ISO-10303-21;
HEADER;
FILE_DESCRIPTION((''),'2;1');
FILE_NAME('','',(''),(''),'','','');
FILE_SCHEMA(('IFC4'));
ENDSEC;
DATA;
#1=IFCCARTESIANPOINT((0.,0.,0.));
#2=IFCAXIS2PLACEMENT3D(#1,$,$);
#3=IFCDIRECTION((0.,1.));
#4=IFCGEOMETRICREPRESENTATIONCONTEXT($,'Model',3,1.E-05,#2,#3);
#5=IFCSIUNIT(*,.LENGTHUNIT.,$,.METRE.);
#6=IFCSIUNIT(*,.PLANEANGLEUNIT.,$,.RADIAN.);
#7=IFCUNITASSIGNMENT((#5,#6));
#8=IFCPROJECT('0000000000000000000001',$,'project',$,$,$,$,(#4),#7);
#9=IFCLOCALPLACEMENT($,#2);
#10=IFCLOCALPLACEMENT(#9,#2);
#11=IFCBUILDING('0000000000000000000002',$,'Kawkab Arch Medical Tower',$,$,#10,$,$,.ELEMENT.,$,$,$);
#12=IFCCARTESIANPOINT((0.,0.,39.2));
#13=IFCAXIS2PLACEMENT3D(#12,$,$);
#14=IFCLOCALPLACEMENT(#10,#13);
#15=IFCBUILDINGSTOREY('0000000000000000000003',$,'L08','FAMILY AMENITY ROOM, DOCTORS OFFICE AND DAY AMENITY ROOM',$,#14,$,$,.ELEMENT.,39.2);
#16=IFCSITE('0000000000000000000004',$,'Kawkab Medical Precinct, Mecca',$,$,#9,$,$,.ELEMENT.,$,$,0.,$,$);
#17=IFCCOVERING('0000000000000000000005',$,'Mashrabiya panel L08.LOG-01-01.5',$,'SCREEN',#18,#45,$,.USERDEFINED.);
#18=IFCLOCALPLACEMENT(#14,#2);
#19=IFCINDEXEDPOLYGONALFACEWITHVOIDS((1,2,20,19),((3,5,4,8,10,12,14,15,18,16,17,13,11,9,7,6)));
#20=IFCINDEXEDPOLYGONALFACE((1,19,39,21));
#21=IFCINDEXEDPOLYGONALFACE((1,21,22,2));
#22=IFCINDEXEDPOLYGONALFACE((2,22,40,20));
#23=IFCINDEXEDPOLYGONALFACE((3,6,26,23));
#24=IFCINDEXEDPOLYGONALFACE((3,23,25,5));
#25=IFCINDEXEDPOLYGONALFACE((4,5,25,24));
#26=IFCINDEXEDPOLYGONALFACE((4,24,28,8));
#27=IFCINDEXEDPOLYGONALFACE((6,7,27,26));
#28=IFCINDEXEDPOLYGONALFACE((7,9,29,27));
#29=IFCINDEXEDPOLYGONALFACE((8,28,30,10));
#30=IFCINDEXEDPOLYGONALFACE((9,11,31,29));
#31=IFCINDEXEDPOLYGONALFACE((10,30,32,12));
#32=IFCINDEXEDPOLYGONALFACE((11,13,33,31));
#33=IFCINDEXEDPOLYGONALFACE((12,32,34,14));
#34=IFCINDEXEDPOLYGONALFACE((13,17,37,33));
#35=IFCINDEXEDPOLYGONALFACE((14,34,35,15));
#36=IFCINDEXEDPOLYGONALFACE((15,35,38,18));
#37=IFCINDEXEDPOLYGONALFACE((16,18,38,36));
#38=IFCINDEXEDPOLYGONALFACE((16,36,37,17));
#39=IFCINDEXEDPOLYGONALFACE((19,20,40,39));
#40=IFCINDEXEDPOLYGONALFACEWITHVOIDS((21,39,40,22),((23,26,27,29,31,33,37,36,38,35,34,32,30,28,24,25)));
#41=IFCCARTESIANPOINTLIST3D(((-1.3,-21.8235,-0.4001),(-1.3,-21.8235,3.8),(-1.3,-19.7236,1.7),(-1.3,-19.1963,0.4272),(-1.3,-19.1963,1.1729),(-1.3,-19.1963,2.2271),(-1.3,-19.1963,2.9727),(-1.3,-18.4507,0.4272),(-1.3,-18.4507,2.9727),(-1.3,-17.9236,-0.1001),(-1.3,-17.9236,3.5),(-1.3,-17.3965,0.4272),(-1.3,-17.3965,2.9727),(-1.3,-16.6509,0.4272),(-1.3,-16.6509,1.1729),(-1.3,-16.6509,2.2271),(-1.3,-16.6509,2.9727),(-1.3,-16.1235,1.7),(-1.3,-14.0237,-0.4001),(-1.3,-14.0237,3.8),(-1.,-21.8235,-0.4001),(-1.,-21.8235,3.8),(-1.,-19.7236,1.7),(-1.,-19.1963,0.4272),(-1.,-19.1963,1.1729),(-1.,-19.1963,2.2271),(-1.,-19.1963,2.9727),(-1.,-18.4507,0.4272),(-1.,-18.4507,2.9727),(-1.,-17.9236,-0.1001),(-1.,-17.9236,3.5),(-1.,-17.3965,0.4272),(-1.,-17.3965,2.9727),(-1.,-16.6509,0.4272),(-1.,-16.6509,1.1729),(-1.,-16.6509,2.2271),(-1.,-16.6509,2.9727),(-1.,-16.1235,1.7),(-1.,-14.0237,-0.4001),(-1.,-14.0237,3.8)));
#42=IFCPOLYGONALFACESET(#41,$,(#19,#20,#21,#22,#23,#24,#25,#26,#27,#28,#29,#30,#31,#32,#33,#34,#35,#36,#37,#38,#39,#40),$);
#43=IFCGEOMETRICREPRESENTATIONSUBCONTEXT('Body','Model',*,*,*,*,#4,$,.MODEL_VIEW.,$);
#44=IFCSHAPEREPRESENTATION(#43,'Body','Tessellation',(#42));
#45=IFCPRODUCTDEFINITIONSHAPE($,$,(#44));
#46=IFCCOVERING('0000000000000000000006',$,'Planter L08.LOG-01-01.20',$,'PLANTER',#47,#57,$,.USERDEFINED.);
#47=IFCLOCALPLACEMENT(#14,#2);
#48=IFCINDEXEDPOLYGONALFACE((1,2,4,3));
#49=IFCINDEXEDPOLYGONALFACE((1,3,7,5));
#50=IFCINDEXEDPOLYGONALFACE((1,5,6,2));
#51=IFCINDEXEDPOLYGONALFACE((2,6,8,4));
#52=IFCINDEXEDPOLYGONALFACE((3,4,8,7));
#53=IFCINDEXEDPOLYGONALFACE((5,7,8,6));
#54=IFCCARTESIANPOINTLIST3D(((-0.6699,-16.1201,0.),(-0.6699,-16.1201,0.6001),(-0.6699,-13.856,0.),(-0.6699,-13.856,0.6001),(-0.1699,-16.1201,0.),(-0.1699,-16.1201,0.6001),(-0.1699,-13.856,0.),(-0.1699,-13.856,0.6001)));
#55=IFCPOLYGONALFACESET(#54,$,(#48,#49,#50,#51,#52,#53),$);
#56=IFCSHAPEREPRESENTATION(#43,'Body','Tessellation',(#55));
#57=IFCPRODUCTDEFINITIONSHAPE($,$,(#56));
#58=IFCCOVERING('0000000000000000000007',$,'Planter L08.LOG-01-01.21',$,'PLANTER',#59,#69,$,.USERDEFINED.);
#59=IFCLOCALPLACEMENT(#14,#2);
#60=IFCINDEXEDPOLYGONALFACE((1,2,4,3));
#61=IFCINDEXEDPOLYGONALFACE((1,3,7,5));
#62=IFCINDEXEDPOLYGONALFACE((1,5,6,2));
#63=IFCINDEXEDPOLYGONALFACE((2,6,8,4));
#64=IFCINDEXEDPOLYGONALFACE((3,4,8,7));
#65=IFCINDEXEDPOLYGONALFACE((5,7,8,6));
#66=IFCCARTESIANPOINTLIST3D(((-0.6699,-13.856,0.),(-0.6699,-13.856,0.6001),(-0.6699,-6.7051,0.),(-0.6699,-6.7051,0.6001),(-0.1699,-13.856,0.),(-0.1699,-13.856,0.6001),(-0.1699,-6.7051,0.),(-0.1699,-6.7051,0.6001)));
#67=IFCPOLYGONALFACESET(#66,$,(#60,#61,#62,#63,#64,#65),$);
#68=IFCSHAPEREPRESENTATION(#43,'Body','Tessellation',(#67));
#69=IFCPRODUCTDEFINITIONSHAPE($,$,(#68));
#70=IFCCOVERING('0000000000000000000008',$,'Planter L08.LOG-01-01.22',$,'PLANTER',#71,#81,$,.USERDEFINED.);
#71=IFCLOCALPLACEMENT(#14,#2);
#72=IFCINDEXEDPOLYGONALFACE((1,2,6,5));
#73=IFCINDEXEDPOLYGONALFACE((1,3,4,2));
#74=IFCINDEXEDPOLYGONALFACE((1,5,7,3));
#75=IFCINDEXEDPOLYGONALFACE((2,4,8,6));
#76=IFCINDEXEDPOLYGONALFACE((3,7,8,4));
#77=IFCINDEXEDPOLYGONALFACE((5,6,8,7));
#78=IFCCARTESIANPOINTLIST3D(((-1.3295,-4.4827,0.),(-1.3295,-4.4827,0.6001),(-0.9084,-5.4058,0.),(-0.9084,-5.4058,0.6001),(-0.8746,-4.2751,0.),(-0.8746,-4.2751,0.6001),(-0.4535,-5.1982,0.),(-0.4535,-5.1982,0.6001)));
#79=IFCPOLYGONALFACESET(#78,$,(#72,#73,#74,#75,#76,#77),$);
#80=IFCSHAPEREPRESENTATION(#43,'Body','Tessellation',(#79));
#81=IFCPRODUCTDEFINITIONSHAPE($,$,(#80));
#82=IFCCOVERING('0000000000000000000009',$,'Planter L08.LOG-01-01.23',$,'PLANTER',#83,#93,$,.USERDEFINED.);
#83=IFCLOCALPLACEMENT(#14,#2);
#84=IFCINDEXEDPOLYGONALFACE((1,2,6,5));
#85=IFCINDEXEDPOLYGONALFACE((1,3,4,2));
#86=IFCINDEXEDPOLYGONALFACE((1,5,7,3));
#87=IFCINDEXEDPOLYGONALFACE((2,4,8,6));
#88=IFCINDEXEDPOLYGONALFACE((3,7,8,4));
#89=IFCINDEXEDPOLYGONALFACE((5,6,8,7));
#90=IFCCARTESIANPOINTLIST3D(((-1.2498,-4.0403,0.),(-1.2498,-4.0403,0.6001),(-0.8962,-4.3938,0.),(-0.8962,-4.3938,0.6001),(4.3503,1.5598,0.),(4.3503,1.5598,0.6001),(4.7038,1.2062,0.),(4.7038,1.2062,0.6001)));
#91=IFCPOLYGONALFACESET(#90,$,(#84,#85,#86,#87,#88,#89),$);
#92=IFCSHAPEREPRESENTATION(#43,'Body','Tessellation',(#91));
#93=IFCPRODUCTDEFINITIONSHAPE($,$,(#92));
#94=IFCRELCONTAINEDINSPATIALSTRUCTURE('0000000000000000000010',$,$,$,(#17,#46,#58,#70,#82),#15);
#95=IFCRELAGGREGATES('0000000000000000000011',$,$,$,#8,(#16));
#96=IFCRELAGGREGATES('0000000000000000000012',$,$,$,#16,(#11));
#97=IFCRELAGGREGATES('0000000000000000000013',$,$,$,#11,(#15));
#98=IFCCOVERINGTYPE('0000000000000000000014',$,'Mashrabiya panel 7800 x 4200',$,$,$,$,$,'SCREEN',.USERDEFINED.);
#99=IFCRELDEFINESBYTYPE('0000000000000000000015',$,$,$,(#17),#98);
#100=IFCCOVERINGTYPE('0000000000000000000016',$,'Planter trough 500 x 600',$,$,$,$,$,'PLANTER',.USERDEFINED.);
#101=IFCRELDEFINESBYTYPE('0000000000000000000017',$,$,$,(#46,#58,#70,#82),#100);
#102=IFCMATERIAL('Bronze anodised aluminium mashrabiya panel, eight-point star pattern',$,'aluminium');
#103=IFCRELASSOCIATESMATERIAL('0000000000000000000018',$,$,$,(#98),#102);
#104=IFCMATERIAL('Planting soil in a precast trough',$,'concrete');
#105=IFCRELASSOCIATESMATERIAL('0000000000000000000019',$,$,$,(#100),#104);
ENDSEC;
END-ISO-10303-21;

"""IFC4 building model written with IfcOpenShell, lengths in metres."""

from ifc_helpers import new_model, si_unit, direction, frame, origin, origin_2d, place, context, subcontext, project, spatial, polyline, rectangle, outline, extrude, material, material_profile, profile_set, type_object, element, save


model = new_model("IFC4")

# Units and contexts
model_context = context("Model", 3, precision=1e-05, world=origin(), true_north=direction((0.0, 1.0)))
body_context = subcontext(model_context, "Body", "Model", "MODEL_VIEW")
ifc_project = project(units=[si_unit("LENGTHUNIT", "METRE"), si_unit("PLANEANGLEUNIT", "RADIAN")], contexts=[model_context])

# Site, building, storey
site_placement = place(None, origin())
site = spatial("IfcSite", under=ifc_project, at=site_placement, Name="Kawkab Medical Precinct, Mecca", CompositionType="ELEMENT", RefElevation=0.0)
building_placement = place(site_placement, origin())
building = spatial("IfcBuilding", under=site, at=building_placement, Name="Kawkab Arch Medical Tower", CompositionType="ELEMENT")
storey_placement = place(building_placement, frame((0.0, 0.0, 39.2)))
storey = spatial("IfcBuildingStorey", under=building, at=storey_placement, Name="L08", Description="FAMILY AMENITY ROOM, DOCTORS OFFICE AND DAY AMENITY ROOM", CompositionType="ELEMENT", Elevation=39.2)

# Coverings
ifc_material_1 = material(Name="Bronze anodised aluminium mashrabiya panel, eight-point star pattern", Category="aluminium")
ifc_material_profile_1 = material_profile(ifc_material_1, outline(polyline([(-3.8999, -2.1001), (3.8999, -2.1001), (3.8999, 2.1001), (-3.8999, 2.1001), (-3.8999, -2.1001)]), holes=[polyline([(1.8, 0.0), (1.2727, 0.5271), (1.2727, 1.2727), (0.5271, 1.2727), (0.0, 1.8), (-0.5271, 1.2727), (-1.2727, 1.2727), (-1.2727, 0.5271), (-1.8, 0.0), (-1.2727, -0.5271), (-1.2727, -1.2727), (-0.5271, -1.2727), (0.0, -1.8), (0.5271, -1.2727), (1.2727, -1.2727), (1.2727, -0.5271), (1.8, 0.0)])]), Name="Mashrabiya panel 7800x4200")
ifc_profile_set_1 = profile_set([ifc_material_profile_1], Name="Bronze anodised aluminium mashrabiya panel, eight-point star pattern")
covering_type_1 = type_object("IfcCoveringType", Name="Mashrabiya panel 7800 x 4200", ElementType="SCREEN", PredefinedType="USERDEFINED", material=ifc_profile_set_1)
covering_1_placement = place(storey_placement, frame((-1.0, -17.9236, 1.7), z_axis=(-1.0, 0.0, 0.0), x_axis=(0.0, -1.0, 0.0)))
element("IfcCovering", 1, at=covering_1_placement, inside=storey, type_object=covering_type_1, Name="Mashrabiya panel L08.LOG-01-01.5", ObjectType="SCREEN", PredefinedType="USERDEFINED", context=body_context, shape_type="SweptSolid", body=[
    extrude(outline(polyline([(-3.8999, -2.1001), (3.8999, -2.1001), (3.8999, 2.1001), (-3.8999, 2.1001), (-3.8999, -2.1001)]), holes=[polyline([(1.8, 0.0), (1.2727, 0.5271), (1.2727, 1.2727), (0.5271, 1.2727), (0.0, 1.8), (-0.5271, 1.2727), (-1.2727, 1.2727), (-1.2727, 0.5271), (-1.8, 0.0), (-1.2727, -0.5271), (-1.2727, -1.2727), (-0.5271, -1.2727), (0.0, -1.8), (0.5271, -1.2727), (1.2727, -1.2727), (1.2727, -0.5271), (1.8, 0.0)])]), origin(), (0.0, 0.0, 1.0), 0.3),
])
ifc_material_2 = material(Name="Planting soil in a precast trough", Category="concrete")
ifc_material_profile_2 = material_profile(ifc_material_2, rectangle(XDim=0.5, YDim=0.6001, at=origin_2d()), Name="Trough 500x600")
ifc_profile_set_2 = profile_set([ifc_material_profile_2], Name="Planting soil in a precast trough")
covering_type_2 = type_object("IfcCoveringType", Name="Planter trough 500 x 600", ElementType="PLANTER", PredefinedType="USERDEFINED", material=ifc_profile_set_2)
covering_2_placement = place(storey_placement, frame((-0.4199, -16.1201, 0.3), z_axis=(0.0, 1.0, 0.0), x_axis=(-1.0, 0.0, 0.0)))
element("IfcCovering", 2, at=covering_2_placement, inside=storey, type_object=covering_type_2, Name="Planter L08.LOG-01-01.20", ObjectType="PLANTER", PredefinedType="USERDEFINED", context=body_context, shape_type="SweptSolid", body=[
    extrude(rectangle(XDim=0.5, YDim=0.6001, at=origin_2d()), origin(), (0.0, 0.0, 1.0), 2.2642),
])
covering_3_placement = place(storey_placement, frame((-0.4199, -13.856, 0.3), z_axis=(0.0, 1.0, 0.0), x_axis=(-1.0, 0.0, 0.0)))
element("IfcCovering", 3, at=covering_3_placement, inside=storey, type_object=covering_type_2, Name="Planter L08.LOG-01-01.21", ObjectType="PLANTER", PredefinedType="USERDEFINED", context=body_context, shape_type="SweptSolid", body=[
    extrude(rectangle(XDim=0.5, YDim=0.6001, at=origin_2d()), origin(), (0.0, 0.0, 1.0), 7.1509),
])
covering_4_placement = place(storey_placement, frame((-0.6809, -5.302, 0.3), z_axis=(-0.415072, 0.909789, 0.0), x_axis=(-0.909789, -0.415072, 0.0)))
element("IfcCovering", 4, at=covering_4_placement, inside=storey, type_object=covering_type_2, Name="Planter L08.LOG-01-01.22", ObjectType="PLANTER", PredefinedType="USERDEFINED", context=body_context, shape_type="SweptSolid", body=[
    extrude(rectangle(XDim=0.5, YDim=0.6001, at=origin_2d()), origin(), (0.0, 0.0, 1.0), 1.0146),
])
covering_5_placement = place(storey_placement, frame((-1.073, -4.217, 0.3), z_axis=(0.707107, 0.707107, 0.0), x_axis=(-0.707107, 0.707107, 0.0)))
element("IfcCovering", 5, at=covering_5_placement, inside=storey, type_object=covering_type_2, Name="Planter L08.LOG-01-01.23", ObjectType="PLANTER", PredefinedType="USERDEFINED", context=body_context, shape_type="SweptSolid", body=[
    extrude(rectangle(XDim=0.5, YDim=0.6001, at=origin_2d()), origin(), (0.0, 0.0, 1.0), 7.9197),
])

save(model, "model.ifc")
